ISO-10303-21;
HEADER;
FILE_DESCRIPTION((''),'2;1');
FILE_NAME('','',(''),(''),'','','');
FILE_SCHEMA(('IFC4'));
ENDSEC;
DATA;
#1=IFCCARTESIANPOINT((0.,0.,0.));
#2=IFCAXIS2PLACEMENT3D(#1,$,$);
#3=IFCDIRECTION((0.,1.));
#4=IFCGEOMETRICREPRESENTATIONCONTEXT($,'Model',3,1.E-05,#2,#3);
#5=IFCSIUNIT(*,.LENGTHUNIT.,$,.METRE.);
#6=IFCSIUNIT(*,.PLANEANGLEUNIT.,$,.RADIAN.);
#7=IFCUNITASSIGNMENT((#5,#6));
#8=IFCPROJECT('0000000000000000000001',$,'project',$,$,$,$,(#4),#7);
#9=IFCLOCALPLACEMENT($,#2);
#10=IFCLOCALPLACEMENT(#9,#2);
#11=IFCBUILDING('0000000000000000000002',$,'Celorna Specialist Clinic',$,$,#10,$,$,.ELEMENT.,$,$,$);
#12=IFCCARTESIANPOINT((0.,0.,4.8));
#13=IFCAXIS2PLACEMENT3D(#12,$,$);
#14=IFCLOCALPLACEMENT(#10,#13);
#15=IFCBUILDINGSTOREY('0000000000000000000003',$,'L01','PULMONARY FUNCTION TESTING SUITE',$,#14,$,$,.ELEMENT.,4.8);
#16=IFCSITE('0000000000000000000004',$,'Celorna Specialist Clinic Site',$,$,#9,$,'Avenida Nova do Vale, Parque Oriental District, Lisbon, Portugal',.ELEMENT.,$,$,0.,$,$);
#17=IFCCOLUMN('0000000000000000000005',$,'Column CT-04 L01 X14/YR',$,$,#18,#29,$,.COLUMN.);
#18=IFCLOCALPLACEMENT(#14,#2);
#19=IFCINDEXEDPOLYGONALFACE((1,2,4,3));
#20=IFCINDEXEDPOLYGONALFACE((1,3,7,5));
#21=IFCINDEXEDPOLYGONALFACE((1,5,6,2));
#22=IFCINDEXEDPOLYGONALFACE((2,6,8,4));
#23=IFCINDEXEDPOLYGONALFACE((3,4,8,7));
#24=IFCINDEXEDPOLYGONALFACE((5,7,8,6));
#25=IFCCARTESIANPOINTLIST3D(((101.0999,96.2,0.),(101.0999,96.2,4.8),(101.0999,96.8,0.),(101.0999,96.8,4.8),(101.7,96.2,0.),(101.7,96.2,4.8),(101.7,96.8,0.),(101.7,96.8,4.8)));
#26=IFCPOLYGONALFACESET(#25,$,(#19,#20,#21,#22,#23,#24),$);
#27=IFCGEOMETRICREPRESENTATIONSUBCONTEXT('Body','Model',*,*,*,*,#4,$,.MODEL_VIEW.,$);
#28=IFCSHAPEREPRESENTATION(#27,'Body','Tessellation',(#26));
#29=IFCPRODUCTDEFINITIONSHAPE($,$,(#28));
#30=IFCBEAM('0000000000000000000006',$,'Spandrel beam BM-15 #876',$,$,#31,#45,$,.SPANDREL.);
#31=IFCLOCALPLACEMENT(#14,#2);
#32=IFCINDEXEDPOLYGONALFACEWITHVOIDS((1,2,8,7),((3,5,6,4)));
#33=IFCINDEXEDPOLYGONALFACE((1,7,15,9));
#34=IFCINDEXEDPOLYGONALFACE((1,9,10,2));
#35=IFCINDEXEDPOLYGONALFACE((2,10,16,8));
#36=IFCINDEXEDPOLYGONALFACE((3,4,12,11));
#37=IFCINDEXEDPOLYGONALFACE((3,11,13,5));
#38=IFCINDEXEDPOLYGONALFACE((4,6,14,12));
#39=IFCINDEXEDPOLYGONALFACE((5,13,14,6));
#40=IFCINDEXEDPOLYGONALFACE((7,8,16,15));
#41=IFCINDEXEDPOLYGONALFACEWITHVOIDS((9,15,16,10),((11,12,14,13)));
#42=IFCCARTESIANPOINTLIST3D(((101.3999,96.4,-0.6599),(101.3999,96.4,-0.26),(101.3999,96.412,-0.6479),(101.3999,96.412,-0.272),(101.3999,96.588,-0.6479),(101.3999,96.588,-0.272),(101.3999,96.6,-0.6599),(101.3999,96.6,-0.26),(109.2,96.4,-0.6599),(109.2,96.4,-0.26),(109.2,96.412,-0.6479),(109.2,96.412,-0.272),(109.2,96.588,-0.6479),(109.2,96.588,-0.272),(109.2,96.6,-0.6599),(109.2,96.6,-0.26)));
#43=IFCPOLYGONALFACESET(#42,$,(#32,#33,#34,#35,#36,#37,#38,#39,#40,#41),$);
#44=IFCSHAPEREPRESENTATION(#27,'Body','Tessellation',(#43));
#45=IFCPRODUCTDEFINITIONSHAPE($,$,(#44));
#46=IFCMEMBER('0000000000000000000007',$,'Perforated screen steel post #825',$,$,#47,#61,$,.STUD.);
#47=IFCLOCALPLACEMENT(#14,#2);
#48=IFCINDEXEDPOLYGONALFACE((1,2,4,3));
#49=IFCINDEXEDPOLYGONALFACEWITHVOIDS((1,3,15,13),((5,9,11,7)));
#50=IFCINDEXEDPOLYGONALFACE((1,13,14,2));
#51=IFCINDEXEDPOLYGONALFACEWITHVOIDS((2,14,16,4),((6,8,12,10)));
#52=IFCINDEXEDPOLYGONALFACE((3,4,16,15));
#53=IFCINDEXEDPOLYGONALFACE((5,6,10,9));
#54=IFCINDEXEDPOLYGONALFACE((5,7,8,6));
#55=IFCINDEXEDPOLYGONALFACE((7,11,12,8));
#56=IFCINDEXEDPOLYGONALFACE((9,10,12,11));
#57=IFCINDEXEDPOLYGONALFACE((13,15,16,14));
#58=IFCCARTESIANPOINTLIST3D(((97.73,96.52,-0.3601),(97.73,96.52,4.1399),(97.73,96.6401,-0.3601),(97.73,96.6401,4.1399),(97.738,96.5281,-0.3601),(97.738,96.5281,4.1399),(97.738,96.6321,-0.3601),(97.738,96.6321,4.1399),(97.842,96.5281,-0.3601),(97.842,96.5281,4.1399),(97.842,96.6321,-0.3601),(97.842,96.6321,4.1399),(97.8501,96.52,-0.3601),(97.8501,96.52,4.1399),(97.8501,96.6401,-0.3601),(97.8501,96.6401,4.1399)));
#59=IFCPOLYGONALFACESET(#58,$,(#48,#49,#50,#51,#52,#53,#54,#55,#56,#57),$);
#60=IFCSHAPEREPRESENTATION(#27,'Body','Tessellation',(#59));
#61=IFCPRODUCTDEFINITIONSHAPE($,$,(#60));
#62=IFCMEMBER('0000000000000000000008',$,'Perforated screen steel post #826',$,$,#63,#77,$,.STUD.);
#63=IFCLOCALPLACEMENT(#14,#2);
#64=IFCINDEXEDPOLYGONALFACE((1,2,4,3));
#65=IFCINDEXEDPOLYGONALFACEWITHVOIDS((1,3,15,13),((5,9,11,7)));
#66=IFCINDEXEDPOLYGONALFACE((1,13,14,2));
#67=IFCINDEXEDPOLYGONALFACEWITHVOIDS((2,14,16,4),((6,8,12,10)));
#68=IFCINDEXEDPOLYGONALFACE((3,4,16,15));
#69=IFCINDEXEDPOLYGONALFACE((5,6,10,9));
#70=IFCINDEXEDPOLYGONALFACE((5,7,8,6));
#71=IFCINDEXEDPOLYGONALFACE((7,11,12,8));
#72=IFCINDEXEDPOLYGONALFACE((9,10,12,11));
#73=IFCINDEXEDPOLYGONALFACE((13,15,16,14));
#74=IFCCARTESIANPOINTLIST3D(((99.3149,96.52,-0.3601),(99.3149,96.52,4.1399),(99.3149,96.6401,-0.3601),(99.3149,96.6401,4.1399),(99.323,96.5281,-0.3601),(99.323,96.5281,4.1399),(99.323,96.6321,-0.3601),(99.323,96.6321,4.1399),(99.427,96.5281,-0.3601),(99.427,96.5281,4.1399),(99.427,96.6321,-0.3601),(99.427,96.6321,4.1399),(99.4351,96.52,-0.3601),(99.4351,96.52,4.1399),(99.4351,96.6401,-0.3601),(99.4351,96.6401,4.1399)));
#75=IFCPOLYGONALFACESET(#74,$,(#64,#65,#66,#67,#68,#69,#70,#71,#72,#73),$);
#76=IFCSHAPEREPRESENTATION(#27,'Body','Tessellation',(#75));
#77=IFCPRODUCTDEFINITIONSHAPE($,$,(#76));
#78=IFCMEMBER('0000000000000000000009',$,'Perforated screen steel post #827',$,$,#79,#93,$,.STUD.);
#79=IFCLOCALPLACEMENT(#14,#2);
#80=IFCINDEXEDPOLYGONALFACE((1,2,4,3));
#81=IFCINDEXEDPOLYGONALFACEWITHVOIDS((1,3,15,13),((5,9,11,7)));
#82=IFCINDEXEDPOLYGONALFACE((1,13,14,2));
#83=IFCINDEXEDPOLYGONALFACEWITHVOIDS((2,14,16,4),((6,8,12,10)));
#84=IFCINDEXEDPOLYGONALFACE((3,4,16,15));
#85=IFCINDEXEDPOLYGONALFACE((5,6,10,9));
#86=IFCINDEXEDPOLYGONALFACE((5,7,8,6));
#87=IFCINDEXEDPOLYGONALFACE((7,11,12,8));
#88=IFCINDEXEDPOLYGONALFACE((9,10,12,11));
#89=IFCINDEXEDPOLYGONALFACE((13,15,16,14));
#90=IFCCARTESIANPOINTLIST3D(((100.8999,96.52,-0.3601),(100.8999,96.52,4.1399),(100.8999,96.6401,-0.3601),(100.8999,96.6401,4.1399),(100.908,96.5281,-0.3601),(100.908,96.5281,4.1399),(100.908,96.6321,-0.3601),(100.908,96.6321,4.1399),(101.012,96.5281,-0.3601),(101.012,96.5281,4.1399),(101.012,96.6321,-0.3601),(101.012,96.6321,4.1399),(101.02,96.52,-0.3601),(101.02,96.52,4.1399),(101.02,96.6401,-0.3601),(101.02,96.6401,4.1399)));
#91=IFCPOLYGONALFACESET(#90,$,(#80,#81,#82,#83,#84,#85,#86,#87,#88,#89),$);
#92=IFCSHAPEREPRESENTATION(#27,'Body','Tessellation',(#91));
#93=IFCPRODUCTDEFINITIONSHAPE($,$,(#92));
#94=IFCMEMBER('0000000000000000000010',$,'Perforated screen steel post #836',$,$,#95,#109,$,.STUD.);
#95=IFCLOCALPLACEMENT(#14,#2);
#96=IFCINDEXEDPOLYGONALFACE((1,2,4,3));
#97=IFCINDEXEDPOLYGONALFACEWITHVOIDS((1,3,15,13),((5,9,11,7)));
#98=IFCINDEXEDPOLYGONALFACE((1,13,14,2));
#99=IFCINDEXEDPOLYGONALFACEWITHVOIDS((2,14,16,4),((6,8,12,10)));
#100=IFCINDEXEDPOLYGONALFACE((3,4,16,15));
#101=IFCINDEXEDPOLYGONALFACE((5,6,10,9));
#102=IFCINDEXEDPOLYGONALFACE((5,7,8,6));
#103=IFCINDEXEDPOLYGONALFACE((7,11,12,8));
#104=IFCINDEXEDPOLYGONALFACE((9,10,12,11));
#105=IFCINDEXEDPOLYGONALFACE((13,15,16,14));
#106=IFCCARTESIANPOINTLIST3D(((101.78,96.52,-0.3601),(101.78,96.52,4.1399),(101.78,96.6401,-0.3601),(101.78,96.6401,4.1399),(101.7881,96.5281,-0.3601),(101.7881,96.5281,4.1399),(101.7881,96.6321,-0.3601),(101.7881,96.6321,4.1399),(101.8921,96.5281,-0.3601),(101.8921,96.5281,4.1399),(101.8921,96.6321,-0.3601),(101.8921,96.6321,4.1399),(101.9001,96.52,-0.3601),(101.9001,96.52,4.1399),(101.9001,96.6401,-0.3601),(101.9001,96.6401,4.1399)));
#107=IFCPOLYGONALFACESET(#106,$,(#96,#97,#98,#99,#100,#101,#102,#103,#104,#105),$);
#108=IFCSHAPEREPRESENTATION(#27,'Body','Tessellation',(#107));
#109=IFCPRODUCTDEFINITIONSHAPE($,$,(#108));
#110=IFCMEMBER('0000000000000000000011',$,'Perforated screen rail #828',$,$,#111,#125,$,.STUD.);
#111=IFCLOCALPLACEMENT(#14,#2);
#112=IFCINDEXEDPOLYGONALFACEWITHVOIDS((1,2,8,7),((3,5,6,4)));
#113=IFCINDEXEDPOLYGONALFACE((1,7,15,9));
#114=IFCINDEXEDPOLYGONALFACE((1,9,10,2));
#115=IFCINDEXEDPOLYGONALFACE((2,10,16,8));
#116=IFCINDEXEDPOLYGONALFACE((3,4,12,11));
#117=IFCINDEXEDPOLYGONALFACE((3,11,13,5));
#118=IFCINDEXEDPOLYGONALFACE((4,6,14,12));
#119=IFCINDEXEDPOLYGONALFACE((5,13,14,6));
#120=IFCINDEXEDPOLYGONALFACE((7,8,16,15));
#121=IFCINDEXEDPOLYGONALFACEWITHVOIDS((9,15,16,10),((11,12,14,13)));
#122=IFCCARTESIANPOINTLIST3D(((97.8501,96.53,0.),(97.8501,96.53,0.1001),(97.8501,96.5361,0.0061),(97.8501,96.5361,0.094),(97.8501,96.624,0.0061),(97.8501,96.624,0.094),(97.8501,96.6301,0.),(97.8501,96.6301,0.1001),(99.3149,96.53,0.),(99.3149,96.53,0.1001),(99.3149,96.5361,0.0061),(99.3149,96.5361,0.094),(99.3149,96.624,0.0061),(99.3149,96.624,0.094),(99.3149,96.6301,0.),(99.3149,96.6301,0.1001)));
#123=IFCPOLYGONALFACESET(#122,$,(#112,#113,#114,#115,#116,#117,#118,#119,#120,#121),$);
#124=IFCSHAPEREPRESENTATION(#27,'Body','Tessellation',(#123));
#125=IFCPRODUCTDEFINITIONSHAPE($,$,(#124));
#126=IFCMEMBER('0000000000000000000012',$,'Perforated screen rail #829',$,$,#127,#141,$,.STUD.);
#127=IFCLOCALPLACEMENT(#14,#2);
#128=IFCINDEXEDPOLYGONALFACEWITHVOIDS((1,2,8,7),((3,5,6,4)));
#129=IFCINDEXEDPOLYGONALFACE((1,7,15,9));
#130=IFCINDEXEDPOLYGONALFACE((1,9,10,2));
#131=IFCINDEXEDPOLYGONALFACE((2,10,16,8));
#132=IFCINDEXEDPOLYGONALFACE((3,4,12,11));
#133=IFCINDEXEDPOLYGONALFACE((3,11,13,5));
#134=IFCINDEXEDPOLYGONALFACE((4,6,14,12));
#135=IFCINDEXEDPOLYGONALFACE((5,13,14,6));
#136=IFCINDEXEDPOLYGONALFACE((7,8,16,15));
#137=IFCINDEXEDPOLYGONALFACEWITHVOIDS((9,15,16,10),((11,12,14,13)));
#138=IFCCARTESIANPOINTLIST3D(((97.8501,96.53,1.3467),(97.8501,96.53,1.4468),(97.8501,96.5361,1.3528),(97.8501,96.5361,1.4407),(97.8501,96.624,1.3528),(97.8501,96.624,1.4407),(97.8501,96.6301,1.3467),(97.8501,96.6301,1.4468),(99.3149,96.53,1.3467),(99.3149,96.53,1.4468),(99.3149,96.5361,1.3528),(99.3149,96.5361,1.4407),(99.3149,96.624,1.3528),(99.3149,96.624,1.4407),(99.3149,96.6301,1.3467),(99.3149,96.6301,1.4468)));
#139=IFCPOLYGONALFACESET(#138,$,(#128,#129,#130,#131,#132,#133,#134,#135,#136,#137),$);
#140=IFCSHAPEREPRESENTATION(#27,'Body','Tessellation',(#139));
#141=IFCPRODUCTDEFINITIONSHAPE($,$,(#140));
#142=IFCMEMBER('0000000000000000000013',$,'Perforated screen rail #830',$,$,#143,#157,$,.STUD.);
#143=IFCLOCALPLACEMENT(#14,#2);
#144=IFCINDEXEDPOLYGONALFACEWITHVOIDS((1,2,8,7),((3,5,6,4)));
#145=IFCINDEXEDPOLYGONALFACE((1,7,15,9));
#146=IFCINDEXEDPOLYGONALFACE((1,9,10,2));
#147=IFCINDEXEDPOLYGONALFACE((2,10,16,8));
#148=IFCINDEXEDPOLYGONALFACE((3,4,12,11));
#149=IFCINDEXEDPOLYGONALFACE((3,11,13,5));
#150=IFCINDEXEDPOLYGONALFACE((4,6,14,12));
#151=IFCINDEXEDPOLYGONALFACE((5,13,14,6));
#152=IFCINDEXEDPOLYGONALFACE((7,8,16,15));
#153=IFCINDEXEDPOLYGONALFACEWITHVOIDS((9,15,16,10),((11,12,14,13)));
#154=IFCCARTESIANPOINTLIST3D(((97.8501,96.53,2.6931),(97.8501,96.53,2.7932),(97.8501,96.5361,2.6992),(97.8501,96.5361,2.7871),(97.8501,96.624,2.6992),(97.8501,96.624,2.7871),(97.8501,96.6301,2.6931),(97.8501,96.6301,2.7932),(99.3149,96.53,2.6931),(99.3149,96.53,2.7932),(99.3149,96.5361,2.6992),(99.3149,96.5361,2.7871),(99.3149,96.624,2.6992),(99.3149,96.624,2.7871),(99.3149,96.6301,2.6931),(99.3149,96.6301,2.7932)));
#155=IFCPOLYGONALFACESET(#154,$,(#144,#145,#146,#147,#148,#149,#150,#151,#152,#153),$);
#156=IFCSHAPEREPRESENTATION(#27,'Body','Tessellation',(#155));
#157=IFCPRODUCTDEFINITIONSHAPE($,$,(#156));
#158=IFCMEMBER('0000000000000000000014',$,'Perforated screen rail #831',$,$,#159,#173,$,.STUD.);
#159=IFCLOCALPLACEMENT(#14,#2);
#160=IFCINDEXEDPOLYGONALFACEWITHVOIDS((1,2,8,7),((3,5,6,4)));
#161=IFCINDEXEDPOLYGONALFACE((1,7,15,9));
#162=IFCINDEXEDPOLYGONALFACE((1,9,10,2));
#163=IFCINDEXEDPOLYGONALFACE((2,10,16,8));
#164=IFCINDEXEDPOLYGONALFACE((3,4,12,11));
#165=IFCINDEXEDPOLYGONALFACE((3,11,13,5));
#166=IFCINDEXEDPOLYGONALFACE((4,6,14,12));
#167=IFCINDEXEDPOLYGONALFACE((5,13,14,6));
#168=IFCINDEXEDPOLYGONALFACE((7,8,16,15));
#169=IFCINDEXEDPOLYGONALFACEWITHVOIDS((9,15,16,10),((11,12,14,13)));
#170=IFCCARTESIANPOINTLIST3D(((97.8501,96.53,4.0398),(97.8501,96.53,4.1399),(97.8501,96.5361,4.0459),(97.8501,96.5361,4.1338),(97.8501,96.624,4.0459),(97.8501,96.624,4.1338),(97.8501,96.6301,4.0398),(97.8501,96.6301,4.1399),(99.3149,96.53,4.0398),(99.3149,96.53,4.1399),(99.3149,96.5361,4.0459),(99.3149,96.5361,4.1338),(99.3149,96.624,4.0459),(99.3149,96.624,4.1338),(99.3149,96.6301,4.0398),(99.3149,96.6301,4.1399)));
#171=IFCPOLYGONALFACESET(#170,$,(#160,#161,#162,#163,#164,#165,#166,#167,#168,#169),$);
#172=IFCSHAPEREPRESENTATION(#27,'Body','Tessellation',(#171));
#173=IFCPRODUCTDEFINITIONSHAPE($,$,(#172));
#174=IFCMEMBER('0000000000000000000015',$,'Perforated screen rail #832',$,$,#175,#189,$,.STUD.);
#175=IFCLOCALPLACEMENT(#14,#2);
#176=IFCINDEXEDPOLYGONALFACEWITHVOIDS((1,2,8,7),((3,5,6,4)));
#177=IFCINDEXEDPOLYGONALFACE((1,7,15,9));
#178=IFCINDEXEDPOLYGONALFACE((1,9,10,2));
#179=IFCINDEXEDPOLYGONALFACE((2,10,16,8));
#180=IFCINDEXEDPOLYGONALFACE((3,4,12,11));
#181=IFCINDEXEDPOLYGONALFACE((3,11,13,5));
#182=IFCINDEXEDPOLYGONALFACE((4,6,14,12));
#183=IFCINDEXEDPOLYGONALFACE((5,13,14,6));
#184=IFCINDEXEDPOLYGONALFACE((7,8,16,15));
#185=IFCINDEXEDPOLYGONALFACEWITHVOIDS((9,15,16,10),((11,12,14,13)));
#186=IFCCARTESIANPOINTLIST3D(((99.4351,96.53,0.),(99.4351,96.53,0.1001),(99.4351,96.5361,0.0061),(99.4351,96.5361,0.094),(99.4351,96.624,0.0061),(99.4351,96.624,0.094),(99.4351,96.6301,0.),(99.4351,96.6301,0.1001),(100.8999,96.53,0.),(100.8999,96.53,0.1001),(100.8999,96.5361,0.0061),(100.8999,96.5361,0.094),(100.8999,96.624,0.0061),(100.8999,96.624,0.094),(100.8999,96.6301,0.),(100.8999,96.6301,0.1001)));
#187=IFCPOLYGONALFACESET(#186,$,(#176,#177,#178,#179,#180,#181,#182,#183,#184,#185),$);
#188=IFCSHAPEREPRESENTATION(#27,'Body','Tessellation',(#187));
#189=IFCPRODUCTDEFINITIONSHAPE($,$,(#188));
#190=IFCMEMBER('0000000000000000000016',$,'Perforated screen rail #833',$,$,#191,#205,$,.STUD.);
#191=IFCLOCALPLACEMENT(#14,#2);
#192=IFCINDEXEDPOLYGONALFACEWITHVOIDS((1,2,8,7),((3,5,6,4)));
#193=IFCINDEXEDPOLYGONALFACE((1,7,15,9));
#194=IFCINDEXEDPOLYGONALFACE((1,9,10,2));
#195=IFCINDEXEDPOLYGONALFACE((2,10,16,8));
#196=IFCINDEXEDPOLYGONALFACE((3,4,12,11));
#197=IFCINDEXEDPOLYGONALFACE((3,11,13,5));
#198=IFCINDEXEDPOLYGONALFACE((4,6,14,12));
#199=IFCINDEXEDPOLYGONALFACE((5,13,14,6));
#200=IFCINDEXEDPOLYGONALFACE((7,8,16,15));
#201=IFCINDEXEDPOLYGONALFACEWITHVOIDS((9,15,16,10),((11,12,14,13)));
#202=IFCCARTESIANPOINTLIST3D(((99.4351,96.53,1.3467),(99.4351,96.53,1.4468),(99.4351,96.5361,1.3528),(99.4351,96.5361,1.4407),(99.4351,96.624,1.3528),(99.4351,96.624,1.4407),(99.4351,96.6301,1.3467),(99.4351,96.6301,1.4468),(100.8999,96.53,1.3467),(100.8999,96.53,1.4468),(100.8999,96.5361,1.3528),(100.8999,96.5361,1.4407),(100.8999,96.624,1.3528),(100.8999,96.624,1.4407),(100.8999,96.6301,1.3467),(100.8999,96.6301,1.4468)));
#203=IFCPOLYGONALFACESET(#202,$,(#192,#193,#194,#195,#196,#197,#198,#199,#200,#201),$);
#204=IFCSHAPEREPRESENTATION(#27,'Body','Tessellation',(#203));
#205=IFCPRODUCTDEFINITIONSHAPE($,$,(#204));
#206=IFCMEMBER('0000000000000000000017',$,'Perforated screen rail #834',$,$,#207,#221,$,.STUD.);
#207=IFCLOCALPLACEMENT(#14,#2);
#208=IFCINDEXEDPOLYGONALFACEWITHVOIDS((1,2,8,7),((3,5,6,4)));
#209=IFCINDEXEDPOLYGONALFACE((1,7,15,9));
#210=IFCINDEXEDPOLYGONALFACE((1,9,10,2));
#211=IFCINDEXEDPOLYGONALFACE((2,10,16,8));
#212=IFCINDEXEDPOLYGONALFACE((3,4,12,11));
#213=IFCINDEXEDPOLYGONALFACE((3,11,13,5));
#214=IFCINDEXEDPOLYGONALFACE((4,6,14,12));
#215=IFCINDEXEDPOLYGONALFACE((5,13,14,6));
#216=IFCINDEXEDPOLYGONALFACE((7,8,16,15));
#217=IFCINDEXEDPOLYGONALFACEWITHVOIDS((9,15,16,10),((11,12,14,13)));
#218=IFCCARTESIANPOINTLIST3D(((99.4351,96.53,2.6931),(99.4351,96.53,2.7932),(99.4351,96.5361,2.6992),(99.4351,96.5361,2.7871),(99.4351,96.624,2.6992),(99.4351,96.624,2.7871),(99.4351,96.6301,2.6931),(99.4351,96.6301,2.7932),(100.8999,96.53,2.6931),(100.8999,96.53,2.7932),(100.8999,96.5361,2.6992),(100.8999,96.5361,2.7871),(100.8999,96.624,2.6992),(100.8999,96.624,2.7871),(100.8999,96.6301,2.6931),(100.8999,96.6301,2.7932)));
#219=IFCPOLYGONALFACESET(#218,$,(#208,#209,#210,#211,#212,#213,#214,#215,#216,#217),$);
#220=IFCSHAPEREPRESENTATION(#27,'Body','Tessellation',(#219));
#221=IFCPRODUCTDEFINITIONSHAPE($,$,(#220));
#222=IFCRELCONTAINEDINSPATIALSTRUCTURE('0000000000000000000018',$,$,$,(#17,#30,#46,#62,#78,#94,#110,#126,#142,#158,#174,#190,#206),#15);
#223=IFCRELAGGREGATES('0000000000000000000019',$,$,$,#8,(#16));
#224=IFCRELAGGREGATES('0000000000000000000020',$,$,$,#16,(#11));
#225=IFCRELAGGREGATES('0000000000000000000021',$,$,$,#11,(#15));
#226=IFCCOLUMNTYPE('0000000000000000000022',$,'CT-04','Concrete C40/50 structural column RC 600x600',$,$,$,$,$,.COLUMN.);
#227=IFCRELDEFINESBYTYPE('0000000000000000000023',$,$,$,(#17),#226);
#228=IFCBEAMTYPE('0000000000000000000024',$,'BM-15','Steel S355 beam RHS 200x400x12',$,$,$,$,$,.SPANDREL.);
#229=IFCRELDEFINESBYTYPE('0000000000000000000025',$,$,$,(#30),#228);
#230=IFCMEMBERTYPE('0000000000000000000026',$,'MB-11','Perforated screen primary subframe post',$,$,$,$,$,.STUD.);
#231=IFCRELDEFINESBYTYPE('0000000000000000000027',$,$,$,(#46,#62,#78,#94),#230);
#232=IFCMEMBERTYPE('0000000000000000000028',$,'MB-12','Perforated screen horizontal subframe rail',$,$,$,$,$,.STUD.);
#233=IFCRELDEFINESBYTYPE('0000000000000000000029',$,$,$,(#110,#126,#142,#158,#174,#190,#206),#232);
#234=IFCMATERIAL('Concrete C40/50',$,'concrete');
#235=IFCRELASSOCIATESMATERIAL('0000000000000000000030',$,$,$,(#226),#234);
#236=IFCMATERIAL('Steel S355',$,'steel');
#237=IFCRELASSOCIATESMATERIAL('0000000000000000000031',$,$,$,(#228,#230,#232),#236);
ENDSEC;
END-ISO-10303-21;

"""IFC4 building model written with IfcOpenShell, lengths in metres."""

from ifc_helpers import new_model, si_unit, direction, frame, origin, origin_2d, place, context, subcontext, project, spatial, rectangle, hollow_rectangle, extrude, material, material_profile, profile_set, type_object, element, save


model = new_model("IFC4")

# Units and contexts
model_context = context("Model", 3, precision=1e-05, world=origin(), true_north=direction((0.0, 1.0)))
body_context = subcontext(model_context, "Body", "Model", "MODEL_VIEW")
ifc_project = project(units=[si_unit("LENGTHUNIT", "METRE"), si_unit("PLANEANGLEUNIT", "RADIAN")], contexts=[model_context])

# Site, building, storey
site_placement = place(None, origin())
site = spatial("IfcSite", under=ifc_project, at=site_placement, Name="Celorna Specialist Clinic Site", LongName="Avenida Nova do Vale, Parque Oriental District, Lisbon, Portugal", CompositionType="ELEMENT", RefElevation=0.0)
building_placement = place(site_placement, origin())
building = spatial("IfcBuilding", under=site, at=building_placement, Name="Celorna Specialist Clinic", CompositionType="ELEMENT")
storey_placement = place(building_placement, frame((0.0, 0.0, 4.8)))
storey = spatial("IfcBuildingStorey", under=building, at=storey_placement, Name="L01", Description="PULMONARY FUNCTION TESTING SUITE", CompositionType="ELEMENT", Elevation=4.8)

# Column
ifc_material_1 = material(Name="Concrete C40/50", Category="concrete")
ifc_material_profile_1 = material_profile(ifc_material_1, rectangle(XDim=0.6001, YDim=0.6001, at=origin_2d()), Name="RC 600x600")
ifc_profile_set_1 = profile_set([ifc_material_profile_1], Name="Concrete C40/50")
column_type = type_object("IfcColumnType", Name="CT-04", Description="Concrete C40/50 structural column RC 600x600", PredefinedType="COLUMN", material=ifc_profile_set_1)
column_placement = place(storey_placement, frame((101.3999, 96.5, 0.0), z_axis=(0.0, 0.0, 1.0), x_axis=(1.0, 0.0, 0.0)))
element("IfcColumn", 1, at=column_placement, inside=storey, type_object=column_type, Name="Column CT-04 L01 X14/YR", PredefinedType="COLUMN", context=body_context, shape_type="SweptSolid", body=[
    extrude(rectangle(XDim=0.6001, YDim=0.6001, at=origin_2d()), origin(), (0.0, 0.0, 1.0), 4.8),
])

# Beam
ifc_material_2 = material(Name="Steel S355", Category="steel")
ifc_material_profile_2 = material_profile(ifc_material_2, hollow_rectangle(XDim=0.2, YDim=0.3999, WallThickness=0.012, at=origin_2d()), Name="RHS 200x400x12")
ifc_profile_set_2 = profile_set([ifc_material_profile_2], Name="Steel S355")
beam_type = type_object("IfcBeamType", Name="BM-15", Description="Steel S355 beam RHS 200x400x12", PredefinedType="SPANDREL", material=ifc_profile_set_2)
beam_placement = place(storey_placement, frame((101.3999, 96.5, -0.46), z_axis=(1.0, 0.0, 0.0), x_axis=(0.0, 1.0, 0.0)))
element("IfcBeam", 2, at=beam_placement, inside=storey, type_object=beam_type, Name="Spandrel beam BM-15 #876", PredefinedType="SPANDREL", context=body_context, shape_type="SweptSolid", body=[
    extrude(hollow_rectangle(XDim=0.2, YDim=0.3999, WallThickness=0.012, at=origin_2d()), origin(), (0.0, 0.0, 1.0), 7.8),
])

# Members
ifc_material_profile_3 = material_profile(ifc_material_2, hollow_rectangle(XDim=0.1201, YDim=0.1201, WallThickness=0.0081, at=origin_2d()), Name="SHS 120x120x8")
ifc_profile_set_3 = profile_set([ifc_material_profile_3], Name="Steel S355")
member_type_1 = type_object("IfcMemberType", Name="MB-11", Description="Perforated screen primary subframe post", PredefinedType="STUD", material=ifc_profile_set_3)
for number, where, z_axis, x_axis, name in (
    (3, (97.79, 96.5801, -0.3601), (0.0, 0.0, 1.0), (1.0, 0.0, 0.0), "Perforated screen steel post #825"),
    (4, (99.375, 96.5801, -0.3601), (0.0, 0.0, 1.0), (1.0, 0.0, 0.0), "Perforated screen steel post #826"),
    (5, (100.96, 96.5801, -0.3601), (0.0, 0.0, 1.0), (1.0, 0.0, 0.0), "Perforated screen steel post #827"),
    (6, (101.8401, 96.5801, -0.3601), (0.0, 0.0, 1.0), (1.0, 0.0, 0.0), "Perforated screen steel post #836"),
):
    element("IfcMember", number, at=place(storey_placement, frame(where, z_axis=z_axis, x_axis=x_axis)), inside=storey, type_object=member_type_1, Name=name, PredefinedType="STUD", context=body_context, shape_type="SweptSolid", body=[
        extrude(hollow_rectangle(XDim=0.1201, YDim=0.1201, WallThickness=0.0081, at=origin_2d()), origin(), (0.0, 0.0, 1.0), 4.5),
    ])
ifc_material_profile_4 = material_profile(ifc_material_2, hollow_rectangle(XDim=0.1001, YDim=0.1001, WallThickness=0.0061, at=origin_2d()), Name="SHS 100x100x6")
ifc_profile_set_4 = profile_set([ifc_material_profile_4], Name="Steel S355")
member_type_2 = type_object("IfcMemberType", Name="MB-12", Description="Perforated screen horizontal subframe rail", PredefinedType="STUD", material=ifc_profile_set_4)
for number, where, z_axis, x_axis, name in (
    (7, (97.8501, 96.5801, 0.05), (1.0, 0.0, 0.0), (0.0, 1.0, 0.0), "Perforated screen rail #828"),
    (8, (97.8501, 96.5801, 1.3967), (1.0, 0.0, 0.0), (0.0, 1.0, 0.0), "Perforated screen rail #829"),
    (9, (97.8501, 96.5801, 2.7432), (1.0, 0.0, 0.0), (0.0, 1.0, 0.0), "Perforated screen rail #830"),
    (10, (97.8501, 96.5801, 4.0898), (1.0, 0.0, 0.0), (0.0, 1.0, 0.0), "Perforated screen rail #831"),
    (11, (99.4351, 96.5801, 0.05), (1.0, 0.0, 0.0), (0.0, 1.0, 0.0), "Perforated screen rail #832"),
    (12, (99.4351, 96.5801, 1.3967), (1.0, 0.0, 0.0), (0.0, 1.0, 0.0), "Perforated screen rail #833"),
    (13, (99.4351, 96.5801, 2.7432), (1.0, 0.0, 0.0), (0.0, 1.0, 0.0), "Perforated screen rail #834"),
):
    element("IfcMember", number, at=place(storey_placement, frame(where, z_axis=z_axis, x_axis=x_axis)), inside=storey, type_object=member_type_2, Name=name, PredefinedType="STUD", context=body_context, shape_type="SweptSolid", body=[
        extrude(hollow_rectangle(XDim=0.1001, YDim=0.1001, WallThickness=0.0061, at=origin_2d()), origin(), (0.0, 0.0, 1.0), 1.4648),
    ])

save(model, "model.ifc")
